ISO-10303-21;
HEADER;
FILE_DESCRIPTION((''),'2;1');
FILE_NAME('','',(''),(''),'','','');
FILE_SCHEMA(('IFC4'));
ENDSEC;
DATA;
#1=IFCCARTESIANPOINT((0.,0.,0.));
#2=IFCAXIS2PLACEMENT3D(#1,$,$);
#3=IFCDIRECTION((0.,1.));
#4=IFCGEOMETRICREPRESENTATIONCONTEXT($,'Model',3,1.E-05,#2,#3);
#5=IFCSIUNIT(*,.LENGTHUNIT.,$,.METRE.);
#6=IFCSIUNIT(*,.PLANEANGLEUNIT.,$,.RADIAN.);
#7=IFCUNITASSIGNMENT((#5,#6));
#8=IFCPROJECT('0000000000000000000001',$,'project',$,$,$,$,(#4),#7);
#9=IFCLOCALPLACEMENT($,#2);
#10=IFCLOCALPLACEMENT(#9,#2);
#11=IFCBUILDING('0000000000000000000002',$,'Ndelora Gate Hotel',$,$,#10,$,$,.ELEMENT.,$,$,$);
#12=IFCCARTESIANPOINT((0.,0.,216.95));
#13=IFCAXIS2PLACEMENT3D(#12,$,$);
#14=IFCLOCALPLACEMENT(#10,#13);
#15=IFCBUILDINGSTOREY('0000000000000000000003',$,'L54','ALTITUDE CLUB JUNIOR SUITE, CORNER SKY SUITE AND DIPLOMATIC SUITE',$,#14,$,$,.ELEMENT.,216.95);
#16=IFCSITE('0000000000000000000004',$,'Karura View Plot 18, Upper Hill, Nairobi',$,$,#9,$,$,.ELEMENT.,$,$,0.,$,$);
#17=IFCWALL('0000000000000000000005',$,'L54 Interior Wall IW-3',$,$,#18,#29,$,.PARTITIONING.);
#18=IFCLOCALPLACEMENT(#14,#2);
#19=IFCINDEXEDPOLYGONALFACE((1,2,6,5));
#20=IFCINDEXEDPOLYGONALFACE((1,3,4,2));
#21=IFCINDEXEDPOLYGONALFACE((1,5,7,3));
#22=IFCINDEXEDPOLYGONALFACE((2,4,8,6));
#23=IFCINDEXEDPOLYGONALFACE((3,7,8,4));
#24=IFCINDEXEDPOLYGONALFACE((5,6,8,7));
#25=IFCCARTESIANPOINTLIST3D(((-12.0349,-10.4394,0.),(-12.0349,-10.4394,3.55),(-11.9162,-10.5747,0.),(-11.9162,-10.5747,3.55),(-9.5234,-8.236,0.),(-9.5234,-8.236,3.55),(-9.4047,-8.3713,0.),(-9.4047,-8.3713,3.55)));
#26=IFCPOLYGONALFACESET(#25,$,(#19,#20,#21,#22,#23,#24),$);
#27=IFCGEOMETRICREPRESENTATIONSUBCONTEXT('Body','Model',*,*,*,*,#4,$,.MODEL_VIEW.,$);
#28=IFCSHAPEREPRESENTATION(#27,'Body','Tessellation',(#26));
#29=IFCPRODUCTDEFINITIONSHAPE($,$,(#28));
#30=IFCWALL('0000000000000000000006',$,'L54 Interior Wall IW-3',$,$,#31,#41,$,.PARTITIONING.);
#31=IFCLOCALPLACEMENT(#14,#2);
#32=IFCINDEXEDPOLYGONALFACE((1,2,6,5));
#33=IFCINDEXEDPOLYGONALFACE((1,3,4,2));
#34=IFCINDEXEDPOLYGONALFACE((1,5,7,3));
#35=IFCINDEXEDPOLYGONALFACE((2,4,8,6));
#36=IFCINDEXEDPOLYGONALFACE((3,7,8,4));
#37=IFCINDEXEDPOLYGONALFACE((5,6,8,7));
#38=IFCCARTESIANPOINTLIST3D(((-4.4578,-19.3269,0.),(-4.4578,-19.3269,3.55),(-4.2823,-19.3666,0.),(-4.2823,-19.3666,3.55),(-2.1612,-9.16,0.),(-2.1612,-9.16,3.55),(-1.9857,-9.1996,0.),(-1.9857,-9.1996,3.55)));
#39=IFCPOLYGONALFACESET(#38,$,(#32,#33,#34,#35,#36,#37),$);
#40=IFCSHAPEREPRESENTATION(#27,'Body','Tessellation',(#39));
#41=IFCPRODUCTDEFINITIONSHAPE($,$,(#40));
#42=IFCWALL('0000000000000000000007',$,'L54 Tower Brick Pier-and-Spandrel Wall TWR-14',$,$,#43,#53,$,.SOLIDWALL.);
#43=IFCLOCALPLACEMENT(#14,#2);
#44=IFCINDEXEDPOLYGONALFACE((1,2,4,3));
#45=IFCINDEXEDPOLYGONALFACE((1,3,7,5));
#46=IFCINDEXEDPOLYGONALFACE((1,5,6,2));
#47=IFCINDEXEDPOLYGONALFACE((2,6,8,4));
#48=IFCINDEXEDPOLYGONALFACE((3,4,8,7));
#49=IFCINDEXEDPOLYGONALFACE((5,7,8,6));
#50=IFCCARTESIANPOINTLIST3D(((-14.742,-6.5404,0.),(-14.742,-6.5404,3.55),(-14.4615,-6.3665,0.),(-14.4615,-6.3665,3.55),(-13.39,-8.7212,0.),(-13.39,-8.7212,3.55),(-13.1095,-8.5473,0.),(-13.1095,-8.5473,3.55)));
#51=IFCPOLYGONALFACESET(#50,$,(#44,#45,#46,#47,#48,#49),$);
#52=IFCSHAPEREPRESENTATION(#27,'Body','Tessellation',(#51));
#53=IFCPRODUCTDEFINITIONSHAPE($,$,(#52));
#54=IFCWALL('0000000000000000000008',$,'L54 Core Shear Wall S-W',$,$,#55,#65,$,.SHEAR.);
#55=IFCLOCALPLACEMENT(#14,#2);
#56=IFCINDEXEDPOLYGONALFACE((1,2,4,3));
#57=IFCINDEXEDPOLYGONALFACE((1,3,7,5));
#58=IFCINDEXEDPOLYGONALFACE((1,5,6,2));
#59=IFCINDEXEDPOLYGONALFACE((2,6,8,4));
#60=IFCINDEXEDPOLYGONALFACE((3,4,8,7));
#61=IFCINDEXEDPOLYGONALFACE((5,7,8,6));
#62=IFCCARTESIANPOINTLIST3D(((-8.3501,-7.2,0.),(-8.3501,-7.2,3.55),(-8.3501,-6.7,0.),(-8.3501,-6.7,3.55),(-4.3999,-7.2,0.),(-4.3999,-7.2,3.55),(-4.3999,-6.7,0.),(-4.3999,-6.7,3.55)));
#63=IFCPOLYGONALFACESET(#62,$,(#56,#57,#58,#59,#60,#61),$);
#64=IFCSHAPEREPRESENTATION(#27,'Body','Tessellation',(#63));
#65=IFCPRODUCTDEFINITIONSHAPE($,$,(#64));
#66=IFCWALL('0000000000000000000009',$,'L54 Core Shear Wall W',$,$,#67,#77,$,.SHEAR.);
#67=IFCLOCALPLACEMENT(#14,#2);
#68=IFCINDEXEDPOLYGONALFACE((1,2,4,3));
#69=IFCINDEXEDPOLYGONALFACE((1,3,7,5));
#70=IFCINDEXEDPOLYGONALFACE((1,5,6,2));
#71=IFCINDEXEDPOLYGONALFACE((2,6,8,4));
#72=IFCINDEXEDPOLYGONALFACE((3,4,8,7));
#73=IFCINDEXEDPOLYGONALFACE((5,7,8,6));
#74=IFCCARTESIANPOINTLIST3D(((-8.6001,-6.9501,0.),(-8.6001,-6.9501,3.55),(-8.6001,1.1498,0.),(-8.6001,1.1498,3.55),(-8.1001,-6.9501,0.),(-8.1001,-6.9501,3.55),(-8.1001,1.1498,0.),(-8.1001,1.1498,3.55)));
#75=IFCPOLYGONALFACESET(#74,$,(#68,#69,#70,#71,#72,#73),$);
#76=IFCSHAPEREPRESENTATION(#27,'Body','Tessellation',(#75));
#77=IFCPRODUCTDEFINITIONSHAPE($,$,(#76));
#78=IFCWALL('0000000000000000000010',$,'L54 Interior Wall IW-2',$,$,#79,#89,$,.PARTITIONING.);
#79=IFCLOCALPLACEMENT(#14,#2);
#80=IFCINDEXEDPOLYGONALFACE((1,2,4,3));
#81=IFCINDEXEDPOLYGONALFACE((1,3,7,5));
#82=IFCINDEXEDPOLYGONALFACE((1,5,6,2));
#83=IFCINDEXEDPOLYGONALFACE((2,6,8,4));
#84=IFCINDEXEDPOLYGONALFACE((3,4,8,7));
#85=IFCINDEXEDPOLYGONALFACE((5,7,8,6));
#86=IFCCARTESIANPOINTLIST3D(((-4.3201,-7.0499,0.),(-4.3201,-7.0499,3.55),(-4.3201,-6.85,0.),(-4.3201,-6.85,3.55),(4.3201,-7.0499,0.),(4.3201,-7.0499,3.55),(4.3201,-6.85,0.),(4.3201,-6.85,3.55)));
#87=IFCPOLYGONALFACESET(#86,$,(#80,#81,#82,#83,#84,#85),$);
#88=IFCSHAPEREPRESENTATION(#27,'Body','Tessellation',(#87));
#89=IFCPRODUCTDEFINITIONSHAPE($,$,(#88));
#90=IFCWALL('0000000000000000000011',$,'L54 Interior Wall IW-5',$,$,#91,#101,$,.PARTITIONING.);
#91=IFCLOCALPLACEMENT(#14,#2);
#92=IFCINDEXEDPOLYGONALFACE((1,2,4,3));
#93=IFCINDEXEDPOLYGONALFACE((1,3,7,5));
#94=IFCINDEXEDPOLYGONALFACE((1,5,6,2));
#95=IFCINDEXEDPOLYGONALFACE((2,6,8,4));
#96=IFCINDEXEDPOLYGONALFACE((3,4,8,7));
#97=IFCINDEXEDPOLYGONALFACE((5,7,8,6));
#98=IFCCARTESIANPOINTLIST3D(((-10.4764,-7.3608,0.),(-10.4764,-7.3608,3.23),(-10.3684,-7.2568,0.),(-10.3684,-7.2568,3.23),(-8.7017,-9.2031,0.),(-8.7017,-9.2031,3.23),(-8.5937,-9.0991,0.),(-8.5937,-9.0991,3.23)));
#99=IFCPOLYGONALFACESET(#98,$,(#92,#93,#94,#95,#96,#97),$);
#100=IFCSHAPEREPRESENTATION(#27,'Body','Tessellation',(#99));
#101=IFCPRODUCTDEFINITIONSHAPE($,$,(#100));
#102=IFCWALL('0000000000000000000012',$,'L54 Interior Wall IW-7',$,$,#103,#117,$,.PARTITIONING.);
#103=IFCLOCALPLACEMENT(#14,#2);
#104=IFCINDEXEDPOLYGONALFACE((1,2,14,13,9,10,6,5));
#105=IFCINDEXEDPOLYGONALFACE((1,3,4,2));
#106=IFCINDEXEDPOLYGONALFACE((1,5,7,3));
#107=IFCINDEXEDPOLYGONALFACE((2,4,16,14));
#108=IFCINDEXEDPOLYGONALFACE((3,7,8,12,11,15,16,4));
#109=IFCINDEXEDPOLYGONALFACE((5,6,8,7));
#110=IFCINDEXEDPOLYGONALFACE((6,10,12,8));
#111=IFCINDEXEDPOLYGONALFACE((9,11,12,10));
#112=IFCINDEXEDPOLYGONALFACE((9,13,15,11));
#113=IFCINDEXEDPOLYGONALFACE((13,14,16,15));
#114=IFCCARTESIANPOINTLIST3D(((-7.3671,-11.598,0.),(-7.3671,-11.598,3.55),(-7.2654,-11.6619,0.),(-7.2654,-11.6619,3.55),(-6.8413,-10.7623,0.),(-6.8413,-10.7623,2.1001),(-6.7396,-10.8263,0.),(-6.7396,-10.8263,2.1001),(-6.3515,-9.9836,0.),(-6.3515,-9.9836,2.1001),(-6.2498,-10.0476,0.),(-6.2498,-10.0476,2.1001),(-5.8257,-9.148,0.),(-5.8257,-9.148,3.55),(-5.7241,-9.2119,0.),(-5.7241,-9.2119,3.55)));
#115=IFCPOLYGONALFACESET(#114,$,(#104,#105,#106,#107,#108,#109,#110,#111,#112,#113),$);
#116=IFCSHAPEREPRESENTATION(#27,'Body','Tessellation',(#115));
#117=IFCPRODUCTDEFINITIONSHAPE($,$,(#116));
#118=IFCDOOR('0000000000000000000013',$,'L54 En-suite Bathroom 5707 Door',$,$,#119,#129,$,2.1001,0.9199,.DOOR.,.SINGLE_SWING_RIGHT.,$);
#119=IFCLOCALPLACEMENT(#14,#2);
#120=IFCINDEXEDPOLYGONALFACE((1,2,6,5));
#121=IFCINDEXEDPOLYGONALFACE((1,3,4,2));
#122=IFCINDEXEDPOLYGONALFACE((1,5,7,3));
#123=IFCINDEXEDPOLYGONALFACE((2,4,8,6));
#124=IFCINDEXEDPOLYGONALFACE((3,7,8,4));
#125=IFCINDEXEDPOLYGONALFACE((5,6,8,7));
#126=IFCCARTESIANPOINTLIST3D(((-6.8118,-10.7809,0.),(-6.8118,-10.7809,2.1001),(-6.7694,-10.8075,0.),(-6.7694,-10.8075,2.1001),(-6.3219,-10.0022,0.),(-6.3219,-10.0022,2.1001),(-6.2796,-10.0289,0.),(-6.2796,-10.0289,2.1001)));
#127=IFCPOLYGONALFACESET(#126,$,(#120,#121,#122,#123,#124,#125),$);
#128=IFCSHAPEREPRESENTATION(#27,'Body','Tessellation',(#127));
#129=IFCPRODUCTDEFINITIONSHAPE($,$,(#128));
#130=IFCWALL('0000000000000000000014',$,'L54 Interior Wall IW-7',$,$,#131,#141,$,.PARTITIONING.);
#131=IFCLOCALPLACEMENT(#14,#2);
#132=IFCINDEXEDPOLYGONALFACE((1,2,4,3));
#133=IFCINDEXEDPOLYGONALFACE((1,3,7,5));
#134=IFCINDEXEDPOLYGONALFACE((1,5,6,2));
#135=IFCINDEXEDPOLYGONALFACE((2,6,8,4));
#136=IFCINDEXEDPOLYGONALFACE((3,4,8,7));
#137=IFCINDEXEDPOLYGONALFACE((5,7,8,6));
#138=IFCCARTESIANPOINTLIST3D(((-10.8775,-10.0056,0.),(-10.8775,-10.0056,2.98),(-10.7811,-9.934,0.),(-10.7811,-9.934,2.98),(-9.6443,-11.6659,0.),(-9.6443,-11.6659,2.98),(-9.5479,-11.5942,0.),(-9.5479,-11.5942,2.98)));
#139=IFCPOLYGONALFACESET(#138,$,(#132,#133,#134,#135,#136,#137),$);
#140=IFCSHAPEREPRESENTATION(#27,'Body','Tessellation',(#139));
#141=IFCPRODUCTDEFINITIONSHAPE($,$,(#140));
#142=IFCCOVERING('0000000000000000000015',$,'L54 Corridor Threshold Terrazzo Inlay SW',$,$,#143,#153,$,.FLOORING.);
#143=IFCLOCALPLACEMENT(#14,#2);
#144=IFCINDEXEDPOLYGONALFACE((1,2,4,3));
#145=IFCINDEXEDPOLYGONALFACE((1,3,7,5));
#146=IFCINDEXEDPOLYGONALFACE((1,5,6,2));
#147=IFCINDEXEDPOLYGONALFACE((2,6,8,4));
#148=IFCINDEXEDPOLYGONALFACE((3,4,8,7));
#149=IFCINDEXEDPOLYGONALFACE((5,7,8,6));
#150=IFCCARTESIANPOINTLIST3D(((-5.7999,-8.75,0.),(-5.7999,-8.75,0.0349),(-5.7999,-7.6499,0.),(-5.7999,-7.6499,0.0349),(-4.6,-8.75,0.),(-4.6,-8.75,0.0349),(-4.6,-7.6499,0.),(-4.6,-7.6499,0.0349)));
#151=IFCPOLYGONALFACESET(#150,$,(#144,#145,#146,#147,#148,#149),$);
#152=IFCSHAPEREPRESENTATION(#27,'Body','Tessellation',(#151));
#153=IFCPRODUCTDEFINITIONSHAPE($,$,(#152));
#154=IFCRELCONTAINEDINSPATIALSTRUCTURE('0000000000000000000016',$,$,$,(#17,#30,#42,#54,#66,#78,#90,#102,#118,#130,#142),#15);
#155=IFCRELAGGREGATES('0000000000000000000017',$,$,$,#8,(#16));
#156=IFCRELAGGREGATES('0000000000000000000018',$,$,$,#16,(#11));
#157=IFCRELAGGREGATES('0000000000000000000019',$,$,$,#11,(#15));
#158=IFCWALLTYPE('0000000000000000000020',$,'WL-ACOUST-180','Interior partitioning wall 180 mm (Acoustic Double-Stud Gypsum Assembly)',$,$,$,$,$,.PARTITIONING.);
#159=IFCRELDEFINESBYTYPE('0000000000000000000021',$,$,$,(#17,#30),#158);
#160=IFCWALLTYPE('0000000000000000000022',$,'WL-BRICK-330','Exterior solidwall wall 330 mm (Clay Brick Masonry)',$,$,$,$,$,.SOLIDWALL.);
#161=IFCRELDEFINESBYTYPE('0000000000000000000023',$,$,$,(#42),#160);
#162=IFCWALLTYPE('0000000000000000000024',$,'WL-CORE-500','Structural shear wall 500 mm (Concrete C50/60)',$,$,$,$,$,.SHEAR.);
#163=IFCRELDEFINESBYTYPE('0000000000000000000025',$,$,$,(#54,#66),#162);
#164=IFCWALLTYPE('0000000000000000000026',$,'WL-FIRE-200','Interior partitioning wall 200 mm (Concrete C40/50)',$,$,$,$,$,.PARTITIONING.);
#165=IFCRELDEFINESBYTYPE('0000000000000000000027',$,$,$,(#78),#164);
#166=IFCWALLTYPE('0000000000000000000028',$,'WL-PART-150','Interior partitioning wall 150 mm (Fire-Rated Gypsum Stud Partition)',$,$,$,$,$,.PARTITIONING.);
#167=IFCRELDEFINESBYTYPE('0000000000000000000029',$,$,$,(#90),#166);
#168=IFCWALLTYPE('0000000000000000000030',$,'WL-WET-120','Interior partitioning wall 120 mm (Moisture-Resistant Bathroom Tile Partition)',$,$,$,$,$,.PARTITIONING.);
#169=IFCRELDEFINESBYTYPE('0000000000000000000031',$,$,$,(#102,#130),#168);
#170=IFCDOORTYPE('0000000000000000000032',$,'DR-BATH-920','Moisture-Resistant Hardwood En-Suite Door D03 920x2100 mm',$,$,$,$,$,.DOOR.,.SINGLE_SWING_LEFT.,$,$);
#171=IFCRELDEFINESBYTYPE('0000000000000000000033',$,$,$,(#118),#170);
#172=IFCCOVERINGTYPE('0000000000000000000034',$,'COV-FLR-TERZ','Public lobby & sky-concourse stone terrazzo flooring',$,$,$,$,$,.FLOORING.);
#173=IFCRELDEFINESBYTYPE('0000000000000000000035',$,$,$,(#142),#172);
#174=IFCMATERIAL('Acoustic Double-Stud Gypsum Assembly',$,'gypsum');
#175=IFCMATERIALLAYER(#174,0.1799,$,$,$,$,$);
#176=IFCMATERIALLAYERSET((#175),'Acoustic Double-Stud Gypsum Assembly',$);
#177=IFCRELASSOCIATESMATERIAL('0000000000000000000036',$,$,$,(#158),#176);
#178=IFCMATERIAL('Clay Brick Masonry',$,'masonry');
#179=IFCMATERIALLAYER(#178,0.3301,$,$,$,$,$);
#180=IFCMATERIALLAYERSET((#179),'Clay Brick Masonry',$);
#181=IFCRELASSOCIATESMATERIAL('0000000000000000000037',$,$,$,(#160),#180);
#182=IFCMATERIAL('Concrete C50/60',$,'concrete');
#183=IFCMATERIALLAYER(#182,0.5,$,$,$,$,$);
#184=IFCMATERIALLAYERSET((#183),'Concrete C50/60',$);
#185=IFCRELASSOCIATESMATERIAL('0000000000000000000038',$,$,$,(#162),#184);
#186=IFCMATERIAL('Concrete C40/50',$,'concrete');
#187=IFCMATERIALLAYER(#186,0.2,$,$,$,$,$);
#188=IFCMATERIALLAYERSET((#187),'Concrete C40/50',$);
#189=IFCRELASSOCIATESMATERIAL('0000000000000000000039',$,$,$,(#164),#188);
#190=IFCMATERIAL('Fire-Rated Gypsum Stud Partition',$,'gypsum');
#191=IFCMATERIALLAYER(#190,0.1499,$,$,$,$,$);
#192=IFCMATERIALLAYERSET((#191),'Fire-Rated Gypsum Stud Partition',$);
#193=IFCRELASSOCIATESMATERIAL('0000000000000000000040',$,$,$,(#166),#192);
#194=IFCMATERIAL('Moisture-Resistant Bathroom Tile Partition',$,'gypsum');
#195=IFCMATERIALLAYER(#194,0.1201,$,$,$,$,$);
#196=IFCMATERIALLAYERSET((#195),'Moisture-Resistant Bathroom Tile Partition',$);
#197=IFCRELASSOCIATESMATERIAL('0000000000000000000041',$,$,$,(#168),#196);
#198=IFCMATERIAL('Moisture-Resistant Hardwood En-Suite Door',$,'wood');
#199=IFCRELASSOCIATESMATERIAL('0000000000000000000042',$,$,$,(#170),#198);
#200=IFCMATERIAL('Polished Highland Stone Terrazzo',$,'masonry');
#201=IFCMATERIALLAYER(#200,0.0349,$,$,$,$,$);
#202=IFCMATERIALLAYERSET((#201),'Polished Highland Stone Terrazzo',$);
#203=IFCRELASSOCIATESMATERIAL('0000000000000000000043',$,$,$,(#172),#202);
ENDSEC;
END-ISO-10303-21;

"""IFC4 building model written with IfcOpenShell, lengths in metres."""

from ifc_helpers import new_model, si_unit, direction, frame, frame_2d, origin, origin_2d, place, context, subcontext, project, spatial, rectangle, extrude, material, layer, layer_set, type_object, element, fill, save


model = new_model("IFC4")

# Units and contexts
model_context = context("Model", 3, precision=1e-05, world=origin(), true_north=direction((0.0, 1.0)))
body_context = subcontext(model_context, "Body", "Model", "MODEL_VIEW")
ifc_project = project(units=[si_unit("LENGTHUNIT", "METRE"), si_unit("PLANEANGLEUNIT", "RADIAN")], contexts=[model_context])

# Site, building, storey
site_placement = place(None, origin())
site = spatial("IfcSite", under=ifc_project, at=site_placement, Name="Karura View Plot 18, Upper Hill, Nairobi", CompositionType="ELEMENT", RefElevation=0.0)
building_placement = place(site_placement, origin())
building = spatial("IfcBuilding", under=site, at=building_placement, Name="Ndelora Gate Hotel", CompositionType="ELEMENT")
storey_placement = place(building_placement, frame((0.0, 0.0, 216.95)))
storey = spatial("IfcBuildingStorey", under=building, at=storey_placement, Name="L54", Description="ALTITUDE CLUB JUNIOR SUITE, CORNER SKY SUITE AND DIPLOMATIC SUITE", CompositionType="ELEMENT", Elevation=216.95)

# Shared definitions
ifc_material_1 = material(Name="Concrete C50/60", Category="concrete")

# Walls
ifc_material_2 = material(Name="Acoustic Double-Stud Gypsum Assembly", Category="gypsum")
ifc_layer_1 = layer(ifc_material_2, 0.1799)
ifc_layer_set_1 = layer_set([ifc_layer_1], Name="Acoustic Double-Stud Gypsum Assembly")
wall_type_1 = type_object("IfcWallType", Name="WL-ACOUST-180", Description="Interior partitioning wall 180 mm (Acoustic Double-Stud Gypsum Assembly)", PredefinedType="PARTITIONING", material=ifc_layer_set_1)
wall_1_placement = place(storey_placement, frame((-9.4641, -8.3037, 0.0), z_axis=(0.0, 0.0, 1.0), x_axis=(-0.751711, -0.659492, 0.0)))
element("IfcWall", 1, at=wall_1_placement, inside=storey, type_object=wall_type_1, Name="L54 Interior Wall IW-3", PredefinedType="PARTITIONING", context=body_context, shape_type="SweptSolid", body=[
    extrude(rectangle(XDim=3.3411, YDim=0.1799, at=frame_2d((1.6704, 0.0))), origin(), (0.0, 0.0, 1.0), 3.55),
])
wall_2_placement = place(storey_placement, frame((-2.0735, -9.1799, 0.0), z_axis=(0.0, 0.0, 1.0), x_axis=(-0.220339, -0.975423, 0.0)))
element("IfcWall", 2, at=wall_2_placement, inside=storey, type_object=wall_type_1, Name="L54 Interior Wall IW-3", PredefinedType="PARTITIONING", context=body_context, shape_type="SweptSolid", body=[
    extrude(rectangle(XDim=10.4231, YDim=0.1799, at=frame_2d((5.2114, 0.0))), origin(), (0.0, 0.0, 1.0), 3.55),
])
ifc_material_3 = material(Name="Clay Brick Masonry", Category="masonry")
ifc_layer_2 = layer(ifc_material_3, 0.3301)
ifc_layer_set_2 = layer_set([ifc_layer_2], Name="Clay Brick Masonry")
wall_type_2 = type_object("IfcWallType", Name="WL-BRICK-330", Description="Exterior solidwall wall 330 mm (Clay Brick Masonry)", PredefinedType="SOLIDWALL", material=ifc_layer_set_2)
wall_3_placement = place(storey_placement, frame((-13.2498, -8.6343, 0.0), z_axis=(0.0, 0.0, 1.0), x_axis=(-0.526908, 0.849922, 0.0)))
element("IfcWall", 3, at=wall_3_placement, inside=storey, type_object=wall_type_2, Name="L54 Tower Brick Pier-and-Spandrel Wall TWR-14", PredefinedType="SOLIDWALL", context=body_context, shape_type="SweptSolid", body=[
    extrude(rectangle(XDim=2.5659, YDim=0.3301, at=frame_2d((1.283, 0.0))), origin(), (0.0, 0.0, 1.0), 3.55),
])
ifc_layer_3 = layer(ifc_material_1, 0.5)
ifc_layer_set_3 = layer_set([ifc_layer_3], Name="Concrete C50/60")
wall_type_3 = type_object("IfcWallType", Name="WL-CORE-500", Description="Structural shear wall 500 mm (Concrete C50/60)", PredefinedType="SHEAR", material=ifc_layer_set_3)
wall_4_placement = place(storey_placement, frame((-8.3501, -6.95, 0.0), z_axis=(0.0, 0.0, 1.0), x_axis=(1.0, 0.0, 0.0)))
element("IfcWall", 4, at=wall_4_placement, inside=storey, type_object=wall_type_3, Name="L54 Core Shear Wall S-W", PredefinedType="SHEAR", context=body_context, shape_type="SweptSolid", body=[
    extrude(rectangle(XDim=3.9502, YDim=0.5, at=frame_2d((1.9751, 0.0))), origin(), (0.0, 0.0, 1.0), 3.55),
])
wall_5_placement = place(storey_placement, frame((-8.3501, -6.95, 0.0), z_axis=(0.0, 0.0, 1.0), x_axis=(0.0, 1.0, 0.0)))
element("IfcWall", 5, at=wall_5_placement, inside=storey, type_object=wall_type_3, Name="L54 Core Shear Wall W", PredefinedType="SHEAR", context=body_context, shape_type="SweptSolid", body=[
    extrude(rectangle(XDim=8.0999, YDim=0.5, at=frame_2d((4.0498, 0.0))), origin(), (0.0, 0.0, 1.0), 3.55),
])
ifc_material_4 = material(Name="Concrete C40/50", Category="concrete")
ifc_layer_4 = layer(ifc_material_4, 0.2)
ifc_layer_set_4 = layer_set([ifc_layer_4], Name="Concrete C40/50")
wall_type_4 = type_object("IfcWallType", Name="WL-FIRE-200", Description="Interior partitioning wall 200 mm (Concrete C40/50)", PredefinedType="PARTITIONING", material=ifc_layer_set_4)
wall_6_placement = place(storey_placement, frame((-4.3201, -6.95, 0.0), z_axis=(0.0, 0.0, 1.0), x_axis=(1.0, 0.0, 0.0)))
element("IfcWall", 6, at=wall_6_placement, inside=storey, type_object=wall_type_4, Name="L54 Interior Wall IW-2", PredefinedType="PARTITIONING", context=body_context, shape_type="SweptSolid", body=[
    extrude(rectangle(XDim=8.6401, YDim=0.2, at=frame_2d((4.3201, 0.0))), origin(), (0.0, 0.0, 1.0), 3.55),
])

# Shared definitions
ifc_material_5 = material(Name="Fire-Rated Gypsum Stud Partition", Category="gypsum")
ifc_layer_5 = layer(ifc_material_5, 0.1499)
ifc_layer_set_5 = layer_set([ifc_layer_5], Name="Fire-Rated Gypsum Stud Partition")
wall_type_5 = type_object("IfcWallType", Name="WL-PART-150", Description="Interior partitioning wall 150 mm (Fire-Rated Gypsum Stud Partition)", PredefinedType="PARTITIONING", material=ifc_layer_set_5)

# Wall
wall_7_placement = place(storey_placement, frame((-8.6477, -9.1511, 0.0), z_axis=(0.0, 0.0, 1.0), x_axis=(-0.693765, 0.720202, 0.0)))
element("IfcWall", 7, at=wall_7_placement, inside=storey, type_object=wall_type_5, Name="L54 Interior Wall IW-5", PredefinedType="PARTITIONING", context=body_context, shape_type="SweptSolid", body=[
    extrude(rectangle(XDim=2.5581, YDim=0.1499, at=frame_2d((1.2791, 0.0))), origin(), (0.0, 0.0, 1.0), 3.23),
])

# Wall, opening, door
ifc_material_6 = material(Name="Moisture-Resistant Bathroom Tile Partition", Category="gypsum")
ifc_layer_6 = layer(ifc_material_6, 0.1201)
ifc_layer_set_6 = layer_set([ifc_layer_6], Name="Moisture-Resistant Bathroom Tile Partition")
wall_type_6 = type_object("IfcWallType", Name="WL-WET-120", Description="Interior partitioning wall 120 mm (Moisture-Resistant Bathroom Tile Partition)", PredefinedType="PARTITIONING", material=ifc_layer_set_6)
wall_8_placement = place(storey_placement, frame((-5.7749, -9.1799, 0.0), z_axis=(0.0, 0.0, 1.0), x_axis=(-0.532491, -0.846436, 0.0)))
wall_8 = element("IfcWall", 8, at=wall_8_placement, inside=storey, type_object=wall_type_6, Name="L54 Interior Wall IW-7", PredefinedType="PARTITIONING", context=body_context, shape_type="SweptSolid", body=[
    extrude(rectangle(XDim=2.8945, YDim=0.1201, at=frame_2d((1.4473, 0.0))), origin(), (0.0, 0.0, 1.0), 3.55),
])
opening_1_placement = place(wall_8_placement, frame((0.9873, 0.0, 0.0)))
opening_1 = element("IfcOpeningElement", 9, at=opening_1_placement, cuts=wall_8, PredefinedType="OPENING", context=body_context, shape_type="SweptSolid", body=[
    extrude(rectangle(XDim=0.9199, YDim=2.1001, at=frame_2d((0.46, 1.05))), frame((0.0, 0.0701, 0.0), z_axis=(0.0, -1.0, 0.0), x_axis=(1.0, 0.0, 0.0)), (0.0, 0.0, 1.0), 0.1401),
])
ifc_material_7 = material(Name="Moisture-Resistant Hardwood En-Suite Door", Category="wood")
door_type_1 = type_object("IfcDoorType", Name="DR-BATH-920", Description="Moisture-Resistant Hardwood En-Suite Door D03 920x2100 mm", OperationType="SINGLE_SWING_LEFT", PredefinedType="DOOR", material=ifc_material_7)
door_1_placement = place(opening_1_placement, origin())
door_1 = element("IfcDoor", 10, at=door_1_placement, inside=storey, type_object=door_type_1, Name="L54 En-suite Bathroom 5707 Door", OperationType="SINGLE_SWING_RIGHT", OverallHeight=2.1001, OverallWidth=0.9199, PredefinedType="DOOR", context=body_context, shape_type="SweptSolid", body=[
    extrude(rectangle(XDim=0.9199, YDim=2.1001, at=frame_2d((0.46, 1.05))), frame((0.0, 0.0249, 0.0), z_axis=(0.0, -1.0, 0.0), x_axis=(1.0, 0.0, 0.0)), (0.0, 0.0, 1.0), 0.05),
])
fill(opening_1, door_1)

# Wall
wall_9_placement = place(storey_placement, frame((-10.8293, -9.9697, 0.0), z_axis=(0.0, 0.0, 1.0), x_axis=(0.596291, -0.802768, 0.0)))
element("IfcWall", 11, at=wall_9_placement, inside=storey, type_object=wall_type_6, Name="L54 Interior Wall IW-7", PredefinedType="PARTITIONING", context=body_context, shape_type="SweptSolid", body=[
    extrude(rectangle(XDim=2.0681, YDim=0.1201, at=frame_2d((1.0342, 0.0))), origin(), (0.0, 0.0, 1.0), 2.98),
])

# Covering
ifc_material_8 = material(Name="Polished Highland Stone Terrazzo", Category="masonry")
ifc_layer_7 = layer(ifc_material_8, 0.0349)
ifc_layer_set_7 = layer_set([ifc_layer_7], Name="Polished Highland Stone Terrazzo")
covering_type = type_object("IfcCoveringType", Name="COV-FLR-TERZ", Description="Public lobby & sky-concourse stone terrazzo flooring", PredefinedType="FLOORING", material=ifc_layer_set_7)
covering_placement = place(storey_placement, frame((-5.2, -8.2, 0.0), z_axis=(0.0, 0.0, 1.0), x_axis=(1.0, 0.0, 0.0)))
element("IfcCovering", 12, at=covering_placement, inside=storey, type_object=covering_type, Name="L54 Corridor Threshold Terrazzo Inlay SW", PredefinedType="FLOORING", context=body_context, shape_type="SweptSolid", body=[
    extrude(rectangle(XDim=1.2, YDim=1.1001, at=origin_2d()), origin(), (0.0, 0.0, 1.0), 0.0349),
])

save(model, "model.ifc")
